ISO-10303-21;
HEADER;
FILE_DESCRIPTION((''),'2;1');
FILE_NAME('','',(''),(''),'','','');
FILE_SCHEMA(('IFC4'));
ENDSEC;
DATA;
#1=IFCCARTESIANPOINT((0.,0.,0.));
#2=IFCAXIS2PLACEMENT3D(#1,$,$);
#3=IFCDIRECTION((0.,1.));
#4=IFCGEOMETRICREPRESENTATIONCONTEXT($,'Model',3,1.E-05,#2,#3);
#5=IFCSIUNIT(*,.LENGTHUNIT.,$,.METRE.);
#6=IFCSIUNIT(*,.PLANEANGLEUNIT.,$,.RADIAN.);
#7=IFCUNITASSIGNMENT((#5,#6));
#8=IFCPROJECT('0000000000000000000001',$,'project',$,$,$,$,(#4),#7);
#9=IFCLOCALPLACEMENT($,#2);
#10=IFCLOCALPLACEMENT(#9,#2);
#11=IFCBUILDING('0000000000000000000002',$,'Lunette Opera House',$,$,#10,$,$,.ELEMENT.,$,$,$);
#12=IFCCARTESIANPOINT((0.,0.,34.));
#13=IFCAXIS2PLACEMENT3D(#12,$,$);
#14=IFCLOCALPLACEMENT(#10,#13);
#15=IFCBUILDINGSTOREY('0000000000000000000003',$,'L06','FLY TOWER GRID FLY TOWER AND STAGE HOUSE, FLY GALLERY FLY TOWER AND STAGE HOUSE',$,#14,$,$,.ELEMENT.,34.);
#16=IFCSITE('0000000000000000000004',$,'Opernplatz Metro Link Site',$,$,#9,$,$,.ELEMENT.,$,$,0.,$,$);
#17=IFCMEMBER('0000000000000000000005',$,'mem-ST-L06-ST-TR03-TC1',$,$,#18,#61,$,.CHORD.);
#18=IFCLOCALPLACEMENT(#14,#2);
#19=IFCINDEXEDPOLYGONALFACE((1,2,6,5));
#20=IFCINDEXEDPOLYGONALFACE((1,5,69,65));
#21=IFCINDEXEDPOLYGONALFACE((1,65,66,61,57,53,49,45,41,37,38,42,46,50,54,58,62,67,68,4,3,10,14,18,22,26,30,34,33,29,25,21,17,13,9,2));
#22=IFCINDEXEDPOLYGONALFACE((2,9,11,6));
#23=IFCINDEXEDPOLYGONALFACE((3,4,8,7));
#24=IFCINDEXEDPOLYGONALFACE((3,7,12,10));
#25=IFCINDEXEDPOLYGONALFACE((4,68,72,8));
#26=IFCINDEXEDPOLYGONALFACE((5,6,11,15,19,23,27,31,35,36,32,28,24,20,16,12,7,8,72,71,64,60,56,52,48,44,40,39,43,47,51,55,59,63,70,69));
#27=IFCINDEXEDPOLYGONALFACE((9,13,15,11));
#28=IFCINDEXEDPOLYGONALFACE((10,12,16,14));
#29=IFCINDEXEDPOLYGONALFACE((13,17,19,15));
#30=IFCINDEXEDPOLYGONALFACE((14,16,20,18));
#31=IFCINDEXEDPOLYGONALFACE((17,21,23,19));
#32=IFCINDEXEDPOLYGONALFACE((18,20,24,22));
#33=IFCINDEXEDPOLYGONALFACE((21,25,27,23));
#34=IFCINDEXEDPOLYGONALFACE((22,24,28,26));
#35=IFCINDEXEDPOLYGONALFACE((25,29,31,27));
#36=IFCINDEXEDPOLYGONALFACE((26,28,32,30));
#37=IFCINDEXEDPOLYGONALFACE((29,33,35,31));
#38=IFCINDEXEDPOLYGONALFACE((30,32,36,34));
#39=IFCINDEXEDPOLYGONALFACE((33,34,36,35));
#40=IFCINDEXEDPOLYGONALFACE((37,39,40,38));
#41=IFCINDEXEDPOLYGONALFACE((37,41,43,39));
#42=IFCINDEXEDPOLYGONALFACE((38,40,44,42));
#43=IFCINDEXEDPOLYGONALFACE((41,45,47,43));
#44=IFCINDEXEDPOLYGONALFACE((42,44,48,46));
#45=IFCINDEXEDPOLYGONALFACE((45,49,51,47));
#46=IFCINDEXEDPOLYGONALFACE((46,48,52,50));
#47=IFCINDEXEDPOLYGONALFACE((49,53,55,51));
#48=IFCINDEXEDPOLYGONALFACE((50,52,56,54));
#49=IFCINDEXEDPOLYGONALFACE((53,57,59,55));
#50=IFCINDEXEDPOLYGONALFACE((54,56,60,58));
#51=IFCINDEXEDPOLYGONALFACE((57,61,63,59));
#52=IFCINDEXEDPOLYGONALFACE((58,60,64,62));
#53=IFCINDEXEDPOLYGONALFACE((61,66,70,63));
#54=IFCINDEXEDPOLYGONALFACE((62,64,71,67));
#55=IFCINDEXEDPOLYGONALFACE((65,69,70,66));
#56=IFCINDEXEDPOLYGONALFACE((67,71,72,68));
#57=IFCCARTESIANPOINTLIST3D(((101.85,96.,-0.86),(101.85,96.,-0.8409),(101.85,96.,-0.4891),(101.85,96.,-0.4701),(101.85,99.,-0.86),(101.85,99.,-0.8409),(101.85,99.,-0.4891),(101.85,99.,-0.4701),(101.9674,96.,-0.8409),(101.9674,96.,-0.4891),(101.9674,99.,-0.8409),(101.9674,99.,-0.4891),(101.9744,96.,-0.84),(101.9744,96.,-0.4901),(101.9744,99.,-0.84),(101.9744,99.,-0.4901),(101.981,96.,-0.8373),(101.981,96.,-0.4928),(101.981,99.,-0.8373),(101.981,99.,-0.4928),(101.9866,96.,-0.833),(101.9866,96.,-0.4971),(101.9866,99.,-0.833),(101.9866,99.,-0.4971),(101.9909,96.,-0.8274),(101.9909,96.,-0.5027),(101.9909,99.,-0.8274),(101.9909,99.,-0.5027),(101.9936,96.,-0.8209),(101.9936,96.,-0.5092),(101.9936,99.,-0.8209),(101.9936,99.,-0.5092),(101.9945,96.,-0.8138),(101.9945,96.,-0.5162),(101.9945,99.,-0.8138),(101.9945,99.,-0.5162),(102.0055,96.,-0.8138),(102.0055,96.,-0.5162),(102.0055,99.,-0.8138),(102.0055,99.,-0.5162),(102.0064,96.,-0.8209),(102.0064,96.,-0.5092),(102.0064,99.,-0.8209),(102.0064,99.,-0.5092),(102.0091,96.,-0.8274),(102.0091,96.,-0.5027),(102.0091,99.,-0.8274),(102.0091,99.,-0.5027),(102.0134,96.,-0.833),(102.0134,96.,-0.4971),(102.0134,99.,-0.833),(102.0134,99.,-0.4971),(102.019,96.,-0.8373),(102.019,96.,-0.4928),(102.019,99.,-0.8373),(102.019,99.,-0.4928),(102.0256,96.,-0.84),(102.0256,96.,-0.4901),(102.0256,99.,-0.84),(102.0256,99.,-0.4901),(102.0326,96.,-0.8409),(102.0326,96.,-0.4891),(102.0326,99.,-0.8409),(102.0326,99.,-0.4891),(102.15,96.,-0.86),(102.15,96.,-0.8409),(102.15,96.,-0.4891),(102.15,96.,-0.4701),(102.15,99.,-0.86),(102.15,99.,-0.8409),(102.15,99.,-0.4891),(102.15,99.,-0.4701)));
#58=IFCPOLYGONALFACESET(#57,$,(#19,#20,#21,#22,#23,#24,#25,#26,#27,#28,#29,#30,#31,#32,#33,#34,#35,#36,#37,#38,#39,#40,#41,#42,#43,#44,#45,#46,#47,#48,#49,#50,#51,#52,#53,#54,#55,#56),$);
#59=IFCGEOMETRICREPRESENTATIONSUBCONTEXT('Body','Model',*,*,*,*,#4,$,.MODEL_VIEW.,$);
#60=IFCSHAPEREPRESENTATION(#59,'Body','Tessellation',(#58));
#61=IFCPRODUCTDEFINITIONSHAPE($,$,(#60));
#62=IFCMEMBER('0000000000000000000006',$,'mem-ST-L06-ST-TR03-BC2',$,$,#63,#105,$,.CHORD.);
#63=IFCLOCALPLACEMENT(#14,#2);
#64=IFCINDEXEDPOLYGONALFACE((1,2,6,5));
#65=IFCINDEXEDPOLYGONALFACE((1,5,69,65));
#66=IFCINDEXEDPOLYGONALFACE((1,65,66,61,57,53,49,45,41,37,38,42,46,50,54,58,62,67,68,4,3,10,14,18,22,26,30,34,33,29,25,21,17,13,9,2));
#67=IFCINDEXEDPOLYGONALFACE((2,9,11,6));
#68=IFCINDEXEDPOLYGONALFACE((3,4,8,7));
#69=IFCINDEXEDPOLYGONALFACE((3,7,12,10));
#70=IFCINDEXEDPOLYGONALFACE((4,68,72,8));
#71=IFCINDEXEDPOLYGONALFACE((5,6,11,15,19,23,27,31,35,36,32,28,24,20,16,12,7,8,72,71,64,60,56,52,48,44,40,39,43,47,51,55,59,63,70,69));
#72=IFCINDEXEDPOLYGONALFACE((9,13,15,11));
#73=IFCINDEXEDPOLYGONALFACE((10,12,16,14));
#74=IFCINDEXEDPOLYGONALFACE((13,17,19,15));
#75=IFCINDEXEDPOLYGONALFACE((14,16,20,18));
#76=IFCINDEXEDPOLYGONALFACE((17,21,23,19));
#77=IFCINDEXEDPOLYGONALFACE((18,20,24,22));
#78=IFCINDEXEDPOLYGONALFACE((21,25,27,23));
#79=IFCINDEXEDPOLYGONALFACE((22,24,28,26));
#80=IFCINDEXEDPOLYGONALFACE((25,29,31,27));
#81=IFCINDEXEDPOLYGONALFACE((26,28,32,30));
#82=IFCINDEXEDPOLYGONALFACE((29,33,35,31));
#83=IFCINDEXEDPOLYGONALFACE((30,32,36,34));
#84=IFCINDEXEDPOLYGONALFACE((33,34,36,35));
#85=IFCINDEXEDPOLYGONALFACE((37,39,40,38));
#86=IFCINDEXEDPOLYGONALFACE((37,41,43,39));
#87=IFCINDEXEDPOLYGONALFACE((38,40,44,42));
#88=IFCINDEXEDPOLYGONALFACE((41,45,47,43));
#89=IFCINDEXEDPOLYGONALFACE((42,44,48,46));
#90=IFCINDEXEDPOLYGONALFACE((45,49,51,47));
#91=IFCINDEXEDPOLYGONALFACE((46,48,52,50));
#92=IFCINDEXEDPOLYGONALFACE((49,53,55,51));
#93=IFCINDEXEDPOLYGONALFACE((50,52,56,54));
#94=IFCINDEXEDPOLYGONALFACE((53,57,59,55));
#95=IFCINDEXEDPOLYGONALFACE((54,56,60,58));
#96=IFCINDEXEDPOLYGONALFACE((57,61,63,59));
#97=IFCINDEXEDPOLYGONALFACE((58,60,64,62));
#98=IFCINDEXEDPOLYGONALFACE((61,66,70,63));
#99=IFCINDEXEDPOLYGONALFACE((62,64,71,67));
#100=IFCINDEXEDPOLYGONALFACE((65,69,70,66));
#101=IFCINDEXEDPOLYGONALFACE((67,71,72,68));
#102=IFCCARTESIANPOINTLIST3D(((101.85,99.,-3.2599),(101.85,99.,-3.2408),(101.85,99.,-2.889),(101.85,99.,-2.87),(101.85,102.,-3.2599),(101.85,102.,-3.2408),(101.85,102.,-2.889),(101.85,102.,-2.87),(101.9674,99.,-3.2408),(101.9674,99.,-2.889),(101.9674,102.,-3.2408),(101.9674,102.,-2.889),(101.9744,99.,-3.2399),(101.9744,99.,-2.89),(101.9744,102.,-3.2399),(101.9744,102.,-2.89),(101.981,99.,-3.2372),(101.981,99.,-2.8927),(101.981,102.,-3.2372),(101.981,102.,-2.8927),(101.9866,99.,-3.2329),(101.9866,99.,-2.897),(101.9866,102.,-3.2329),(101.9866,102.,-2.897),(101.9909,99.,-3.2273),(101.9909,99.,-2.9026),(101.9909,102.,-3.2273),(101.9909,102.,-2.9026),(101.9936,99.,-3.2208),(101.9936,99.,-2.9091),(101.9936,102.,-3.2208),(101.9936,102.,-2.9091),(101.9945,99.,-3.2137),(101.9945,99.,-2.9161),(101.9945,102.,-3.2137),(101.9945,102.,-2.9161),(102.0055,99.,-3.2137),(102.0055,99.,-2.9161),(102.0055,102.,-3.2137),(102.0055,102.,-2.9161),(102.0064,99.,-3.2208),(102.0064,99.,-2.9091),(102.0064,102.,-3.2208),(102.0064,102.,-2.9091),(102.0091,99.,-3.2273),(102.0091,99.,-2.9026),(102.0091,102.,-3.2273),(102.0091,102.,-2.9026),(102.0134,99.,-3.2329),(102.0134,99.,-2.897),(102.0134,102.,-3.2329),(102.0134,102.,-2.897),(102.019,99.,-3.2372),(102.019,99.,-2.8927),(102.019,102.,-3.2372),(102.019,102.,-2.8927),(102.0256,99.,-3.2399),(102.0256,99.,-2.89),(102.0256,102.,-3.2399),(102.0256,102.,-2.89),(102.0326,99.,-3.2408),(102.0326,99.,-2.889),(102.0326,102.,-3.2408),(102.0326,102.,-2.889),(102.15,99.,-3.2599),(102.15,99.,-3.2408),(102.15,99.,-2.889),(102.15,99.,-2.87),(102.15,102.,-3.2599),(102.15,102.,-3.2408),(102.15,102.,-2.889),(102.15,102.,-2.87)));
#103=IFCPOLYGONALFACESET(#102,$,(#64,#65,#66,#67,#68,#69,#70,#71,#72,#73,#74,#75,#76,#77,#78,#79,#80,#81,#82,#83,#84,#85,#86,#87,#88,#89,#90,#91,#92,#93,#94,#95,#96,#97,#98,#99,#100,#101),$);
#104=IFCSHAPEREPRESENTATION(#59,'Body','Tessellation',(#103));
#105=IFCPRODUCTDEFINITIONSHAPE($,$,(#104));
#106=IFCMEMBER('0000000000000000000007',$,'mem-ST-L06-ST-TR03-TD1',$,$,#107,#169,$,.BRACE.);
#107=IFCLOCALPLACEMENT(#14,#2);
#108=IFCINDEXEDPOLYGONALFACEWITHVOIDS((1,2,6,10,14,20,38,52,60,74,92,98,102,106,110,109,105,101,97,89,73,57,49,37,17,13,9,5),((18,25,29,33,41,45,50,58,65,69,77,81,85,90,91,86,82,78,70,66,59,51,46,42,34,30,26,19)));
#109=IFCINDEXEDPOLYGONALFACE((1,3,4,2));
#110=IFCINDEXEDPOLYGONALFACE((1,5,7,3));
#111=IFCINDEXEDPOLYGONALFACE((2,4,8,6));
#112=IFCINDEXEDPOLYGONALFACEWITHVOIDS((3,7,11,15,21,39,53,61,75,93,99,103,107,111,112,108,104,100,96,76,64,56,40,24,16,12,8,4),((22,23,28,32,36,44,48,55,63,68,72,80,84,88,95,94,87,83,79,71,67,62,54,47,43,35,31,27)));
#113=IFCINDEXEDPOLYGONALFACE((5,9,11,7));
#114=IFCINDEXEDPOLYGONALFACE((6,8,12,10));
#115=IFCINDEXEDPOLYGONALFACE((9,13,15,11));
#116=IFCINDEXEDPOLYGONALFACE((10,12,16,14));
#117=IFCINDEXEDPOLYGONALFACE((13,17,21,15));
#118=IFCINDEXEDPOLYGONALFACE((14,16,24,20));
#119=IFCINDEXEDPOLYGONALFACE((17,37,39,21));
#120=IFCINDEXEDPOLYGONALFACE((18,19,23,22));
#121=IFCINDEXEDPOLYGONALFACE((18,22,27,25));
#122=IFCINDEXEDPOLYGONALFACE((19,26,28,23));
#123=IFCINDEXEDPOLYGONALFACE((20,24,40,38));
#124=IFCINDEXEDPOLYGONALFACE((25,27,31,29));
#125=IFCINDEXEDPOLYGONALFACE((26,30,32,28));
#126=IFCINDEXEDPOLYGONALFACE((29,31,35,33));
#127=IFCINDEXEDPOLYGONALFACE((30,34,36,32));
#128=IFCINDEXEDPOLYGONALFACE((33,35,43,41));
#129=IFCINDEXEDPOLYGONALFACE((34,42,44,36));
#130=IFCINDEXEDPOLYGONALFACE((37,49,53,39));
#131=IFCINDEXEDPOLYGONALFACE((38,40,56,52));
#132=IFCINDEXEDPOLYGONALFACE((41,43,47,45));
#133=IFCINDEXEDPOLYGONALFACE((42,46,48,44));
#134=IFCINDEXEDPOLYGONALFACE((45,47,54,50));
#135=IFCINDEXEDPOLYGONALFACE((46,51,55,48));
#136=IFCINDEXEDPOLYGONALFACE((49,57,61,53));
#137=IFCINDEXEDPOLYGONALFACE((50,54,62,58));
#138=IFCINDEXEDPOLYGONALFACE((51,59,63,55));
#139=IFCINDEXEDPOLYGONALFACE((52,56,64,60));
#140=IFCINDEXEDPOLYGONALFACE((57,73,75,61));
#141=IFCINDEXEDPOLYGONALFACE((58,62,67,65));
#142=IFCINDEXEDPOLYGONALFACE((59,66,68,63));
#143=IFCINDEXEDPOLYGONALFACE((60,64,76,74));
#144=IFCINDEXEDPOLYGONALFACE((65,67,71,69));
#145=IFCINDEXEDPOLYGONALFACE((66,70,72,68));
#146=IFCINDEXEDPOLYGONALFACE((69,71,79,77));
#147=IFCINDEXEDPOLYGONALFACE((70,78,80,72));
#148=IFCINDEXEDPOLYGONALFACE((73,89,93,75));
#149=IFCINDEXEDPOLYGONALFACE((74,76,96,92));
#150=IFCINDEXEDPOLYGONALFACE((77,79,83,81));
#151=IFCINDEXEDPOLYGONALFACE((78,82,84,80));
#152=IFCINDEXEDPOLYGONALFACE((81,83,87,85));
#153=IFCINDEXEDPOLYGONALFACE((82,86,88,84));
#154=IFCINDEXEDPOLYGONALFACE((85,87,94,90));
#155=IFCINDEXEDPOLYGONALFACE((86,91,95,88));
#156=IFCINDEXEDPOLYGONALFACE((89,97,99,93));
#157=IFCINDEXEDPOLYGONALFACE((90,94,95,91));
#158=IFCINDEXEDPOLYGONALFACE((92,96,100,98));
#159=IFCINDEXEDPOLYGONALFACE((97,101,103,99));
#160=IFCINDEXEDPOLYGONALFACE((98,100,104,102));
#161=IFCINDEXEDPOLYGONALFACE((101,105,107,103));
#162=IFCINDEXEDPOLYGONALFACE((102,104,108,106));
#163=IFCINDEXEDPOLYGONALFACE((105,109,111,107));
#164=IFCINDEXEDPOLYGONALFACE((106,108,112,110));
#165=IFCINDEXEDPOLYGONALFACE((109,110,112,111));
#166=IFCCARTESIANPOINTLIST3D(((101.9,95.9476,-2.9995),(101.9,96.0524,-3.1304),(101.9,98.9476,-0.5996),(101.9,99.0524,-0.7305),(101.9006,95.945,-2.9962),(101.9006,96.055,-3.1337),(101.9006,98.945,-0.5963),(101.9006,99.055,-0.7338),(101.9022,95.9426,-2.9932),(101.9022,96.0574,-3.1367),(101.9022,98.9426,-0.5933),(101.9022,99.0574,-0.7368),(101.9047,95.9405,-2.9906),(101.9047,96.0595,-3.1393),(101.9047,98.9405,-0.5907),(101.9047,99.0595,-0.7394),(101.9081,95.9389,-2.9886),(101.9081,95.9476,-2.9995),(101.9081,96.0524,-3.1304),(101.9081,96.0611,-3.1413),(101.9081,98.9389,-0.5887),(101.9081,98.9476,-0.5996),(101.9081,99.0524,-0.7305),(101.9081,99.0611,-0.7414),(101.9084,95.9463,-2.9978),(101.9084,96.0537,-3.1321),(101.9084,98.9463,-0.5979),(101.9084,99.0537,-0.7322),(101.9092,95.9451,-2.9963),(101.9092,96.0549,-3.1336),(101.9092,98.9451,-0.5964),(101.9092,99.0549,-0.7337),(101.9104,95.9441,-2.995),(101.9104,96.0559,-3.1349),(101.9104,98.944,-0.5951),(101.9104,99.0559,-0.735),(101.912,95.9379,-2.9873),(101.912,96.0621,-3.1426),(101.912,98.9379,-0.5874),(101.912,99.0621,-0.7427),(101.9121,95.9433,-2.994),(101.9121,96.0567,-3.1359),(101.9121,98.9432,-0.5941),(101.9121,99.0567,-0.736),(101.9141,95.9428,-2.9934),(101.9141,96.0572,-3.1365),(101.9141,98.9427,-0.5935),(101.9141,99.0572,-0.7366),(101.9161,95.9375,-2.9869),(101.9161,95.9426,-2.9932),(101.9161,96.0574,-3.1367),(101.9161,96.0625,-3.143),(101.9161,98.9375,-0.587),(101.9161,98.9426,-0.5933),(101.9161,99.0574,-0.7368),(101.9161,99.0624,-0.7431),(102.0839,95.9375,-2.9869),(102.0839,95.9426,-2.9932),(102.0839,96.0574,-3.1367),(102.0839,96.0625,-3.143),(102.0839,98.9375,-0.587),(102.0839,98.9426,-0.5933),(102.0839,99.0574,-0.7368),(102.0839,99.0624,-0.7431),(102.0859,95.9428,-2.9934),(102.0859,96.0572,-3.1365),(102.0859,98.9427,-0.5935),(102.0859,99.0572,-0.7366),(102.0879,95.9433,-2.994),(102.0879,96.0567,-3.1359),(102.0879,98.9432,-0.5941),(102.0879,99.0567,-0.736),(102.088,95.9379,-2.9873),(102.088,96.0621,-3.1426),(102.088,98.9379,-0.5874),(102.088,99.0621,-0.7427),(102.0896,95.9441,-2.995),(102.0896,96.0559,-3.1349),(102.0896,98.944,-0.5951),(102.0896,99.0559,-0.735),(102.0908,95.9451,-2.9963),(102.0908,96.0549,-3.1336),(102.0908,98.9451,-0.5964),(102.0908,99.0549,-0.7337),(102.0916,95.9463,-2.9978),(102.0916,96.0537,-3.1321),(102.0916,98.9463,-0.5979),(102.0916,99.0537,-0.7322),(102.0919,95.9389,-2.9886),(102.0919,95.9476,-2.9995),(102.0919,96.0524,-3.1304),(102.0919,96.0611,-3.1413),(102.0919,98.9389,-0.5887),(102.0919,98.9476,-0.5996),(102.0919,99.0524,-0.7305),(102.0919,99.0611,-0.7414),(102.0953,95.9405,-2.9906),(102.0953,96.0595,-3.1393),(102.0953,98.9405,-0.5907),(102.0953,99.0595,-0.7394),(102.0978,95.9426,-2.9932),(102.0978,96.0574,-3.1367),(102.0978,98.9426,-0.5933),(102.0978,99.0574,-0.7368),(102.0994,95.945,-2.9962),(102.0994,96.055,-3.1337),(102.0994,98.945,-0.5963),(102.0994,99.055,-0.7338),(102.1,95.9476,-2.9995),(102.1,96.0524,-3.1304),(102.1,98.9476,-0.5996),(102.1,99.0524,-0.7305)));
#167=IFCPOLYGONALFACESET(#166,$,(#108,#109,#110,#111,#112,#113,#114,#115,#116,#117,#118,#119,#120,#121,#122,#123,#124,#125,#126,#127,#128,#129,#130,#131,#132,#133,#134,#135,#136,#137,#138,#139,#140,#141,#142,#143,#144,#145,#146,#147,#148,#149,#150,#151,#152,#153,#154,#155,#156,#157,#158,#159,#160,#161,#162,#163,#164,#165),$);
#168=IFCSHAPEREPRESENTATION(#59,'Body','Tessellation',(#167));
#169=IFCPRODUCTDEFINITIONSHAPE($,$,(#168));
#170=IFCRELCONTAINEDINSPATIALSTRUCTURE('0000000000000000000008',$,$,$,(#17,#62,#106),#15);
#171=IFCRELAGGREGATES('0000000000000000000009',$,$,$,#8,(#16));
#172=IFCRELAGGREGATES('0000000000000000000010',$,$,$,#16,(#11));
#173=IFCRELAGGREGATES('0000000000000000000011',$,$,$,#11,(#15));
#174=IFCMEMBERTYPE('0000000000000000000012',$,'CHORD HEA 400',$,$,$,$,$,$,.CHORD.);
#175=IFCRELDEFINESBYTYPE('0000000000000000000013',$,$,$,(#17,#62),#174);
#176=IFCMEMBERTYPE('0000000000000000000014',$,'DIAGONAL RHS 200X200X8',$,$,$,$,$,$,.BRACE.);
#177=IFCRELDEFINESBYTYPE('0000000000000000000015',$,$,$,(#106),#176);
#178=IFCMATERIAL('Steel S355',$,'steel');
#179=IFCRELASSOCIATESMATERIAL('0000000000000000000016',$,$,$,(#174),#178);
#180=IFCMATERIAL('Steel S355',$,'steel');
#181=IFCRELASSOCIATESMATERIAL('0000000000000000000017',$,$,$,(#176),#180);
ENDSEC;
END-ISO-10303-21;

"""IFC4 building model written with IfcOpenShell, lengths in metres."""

from ifc_helpers import new_model, si_unit, direction, frame, origin, origin_2d, place, context, subcontext, project, spatial, hollow_rectangle, i_section, extrude, material, material_profile, profile_set, type_object, element, save


model = new_model("IFC4")

# Units and contexts
model_context = context("Model", 3, precision=1e-05, world=origin(), true_north=direction((0.0, 1.0)))
body_context = subcontext(model_context, "Body", "Model", "MODEL_VIEW")
ifc_project = project(units=[si_unit("LENGTHUNIT", "METRE"), si_unit("PLANEANGLEUNIT", "RADIAN")], contexts=[model_context])

# Site, building, storey
site_placement = place(None, origin())
site = spatial("IfcSite", under=ifc_project, at=site_placement, Name="Opernplatz Metro Link Site", CompositionType="ELEMENT", RefElevation=0.0)
building_placement = place(site_placement, origin())
building = spatial("IfcBuilding", under=site, at=building_placement, Name="Lunette Opera House", CompositionType="ELEMENT")
storey_placement = place(building_placement, frame((0.0, 0.0, 34.0)))
storey = spatial("IfcBuildingStorey", under=building, at=storey_placement, Name="L06", Description="FLY TOWER GRID FLY TOWER AND STAGE HOUSE, FLY GALLERY FLY TOWER AND STAGE HOUSE", CompositionType="ELEMENT", Elevation=34.0)

# Members
ifc_material_1 = material(Name="Steel S355", Category="steel")
ifc_material_profile_1 = material_profile(ifc_material_1, i_section(OverallWidth=0.3, OverallDepth=0.3899, WebThickness=0.011, FlangeThickness=0.019, FilletRadius=0.0271, at=origin_2d()), Name="HEA 400")
ifc_profile_set_1 = profile_set([ifc_material_profile_1], Name="Steel S355")
member_type_1 = type_object("IfcMemberType", Name="CHORD HEA 400", PredefinedType="CHORD", material=ifc_profile_set_1)
for number, where, z_axis, x_axis, name in (
    (1, (102.0, 96.0, -0.665), (0.0, 1.0, 0.0), (-1.0, 0.0, 0.0), "mem-ST-L06-ST-TR03-TC1"),
    (2, (102.0, 99.0, -3.0649), (0.0, 1.0, 0.0), (-1.0, 0.0, 0.0), "mem-ST-L06-ST-TR03-BC2"),
):
    element("IfcMember", number, at=place(storey_placement, frame(where, z_axis=z_axis, x_axis=x_axis)), inside=storey, type_object=member_type_1, Name=name, PredefinedType="CHORD", context=body_context, shape_type="SweptSolid", body=[
        extrude(i_section(OverallWidth=0.3, OverallDepth=0.3899, WebThickness=0.011, FlangeThickness=0.019, FilletRadius=0.0271, at=origin_2d()), origin(), (0.0, 0.0, 1.0), 3.0),
    ])
ifc_material_2 = material(Name="Steel S355", Category="steel")
ifc_material_profile_2 = material_profile(ifc_material_2, hollow_rectangle(XDim=0.2, YDim=0.2, WallThickness=0.0081, InnerFilletRadius=0.0081, OuterFilletRadius=0.0161, at=origin_2d()), Name="RHS 200X200X8")
ifc_profile_set_2 = profile_set([ifc_material_profile_2], Name="Steel S355")
member_type_2 = type_object("IfcMemberType", Name="DIAGONAL RHS 200X200X8", PredefinedType="BRACE", material=ifc_profile_set_2)
member_1_placement = place(storey_placement, frame((102.0, 96.0, -3.0649), z_axis=(0.0, 0.780881, 0.62468), x_axis=(-1.0, 0.0, 0.0)))
element("IfcMember", 3, at=member_1_placement, inside=storey, type_object=member_type_2, Name="mem-ST-L06-ST-TR03-TD1", PredefinedType="BRACE", context=body_context, shape_type="SweptSolid", body=[
    extrude(hollow_rectangle(XDim=0.2, YDim=0.2, WallThickness=0.0081, InnerFilletRadius=0.0081, OuterFilletRadius=0.0161, at=origin_2d()), origin(), (0.0, 0.0, 1.0), 3.8418),
])

save(model, "model.ifc")
